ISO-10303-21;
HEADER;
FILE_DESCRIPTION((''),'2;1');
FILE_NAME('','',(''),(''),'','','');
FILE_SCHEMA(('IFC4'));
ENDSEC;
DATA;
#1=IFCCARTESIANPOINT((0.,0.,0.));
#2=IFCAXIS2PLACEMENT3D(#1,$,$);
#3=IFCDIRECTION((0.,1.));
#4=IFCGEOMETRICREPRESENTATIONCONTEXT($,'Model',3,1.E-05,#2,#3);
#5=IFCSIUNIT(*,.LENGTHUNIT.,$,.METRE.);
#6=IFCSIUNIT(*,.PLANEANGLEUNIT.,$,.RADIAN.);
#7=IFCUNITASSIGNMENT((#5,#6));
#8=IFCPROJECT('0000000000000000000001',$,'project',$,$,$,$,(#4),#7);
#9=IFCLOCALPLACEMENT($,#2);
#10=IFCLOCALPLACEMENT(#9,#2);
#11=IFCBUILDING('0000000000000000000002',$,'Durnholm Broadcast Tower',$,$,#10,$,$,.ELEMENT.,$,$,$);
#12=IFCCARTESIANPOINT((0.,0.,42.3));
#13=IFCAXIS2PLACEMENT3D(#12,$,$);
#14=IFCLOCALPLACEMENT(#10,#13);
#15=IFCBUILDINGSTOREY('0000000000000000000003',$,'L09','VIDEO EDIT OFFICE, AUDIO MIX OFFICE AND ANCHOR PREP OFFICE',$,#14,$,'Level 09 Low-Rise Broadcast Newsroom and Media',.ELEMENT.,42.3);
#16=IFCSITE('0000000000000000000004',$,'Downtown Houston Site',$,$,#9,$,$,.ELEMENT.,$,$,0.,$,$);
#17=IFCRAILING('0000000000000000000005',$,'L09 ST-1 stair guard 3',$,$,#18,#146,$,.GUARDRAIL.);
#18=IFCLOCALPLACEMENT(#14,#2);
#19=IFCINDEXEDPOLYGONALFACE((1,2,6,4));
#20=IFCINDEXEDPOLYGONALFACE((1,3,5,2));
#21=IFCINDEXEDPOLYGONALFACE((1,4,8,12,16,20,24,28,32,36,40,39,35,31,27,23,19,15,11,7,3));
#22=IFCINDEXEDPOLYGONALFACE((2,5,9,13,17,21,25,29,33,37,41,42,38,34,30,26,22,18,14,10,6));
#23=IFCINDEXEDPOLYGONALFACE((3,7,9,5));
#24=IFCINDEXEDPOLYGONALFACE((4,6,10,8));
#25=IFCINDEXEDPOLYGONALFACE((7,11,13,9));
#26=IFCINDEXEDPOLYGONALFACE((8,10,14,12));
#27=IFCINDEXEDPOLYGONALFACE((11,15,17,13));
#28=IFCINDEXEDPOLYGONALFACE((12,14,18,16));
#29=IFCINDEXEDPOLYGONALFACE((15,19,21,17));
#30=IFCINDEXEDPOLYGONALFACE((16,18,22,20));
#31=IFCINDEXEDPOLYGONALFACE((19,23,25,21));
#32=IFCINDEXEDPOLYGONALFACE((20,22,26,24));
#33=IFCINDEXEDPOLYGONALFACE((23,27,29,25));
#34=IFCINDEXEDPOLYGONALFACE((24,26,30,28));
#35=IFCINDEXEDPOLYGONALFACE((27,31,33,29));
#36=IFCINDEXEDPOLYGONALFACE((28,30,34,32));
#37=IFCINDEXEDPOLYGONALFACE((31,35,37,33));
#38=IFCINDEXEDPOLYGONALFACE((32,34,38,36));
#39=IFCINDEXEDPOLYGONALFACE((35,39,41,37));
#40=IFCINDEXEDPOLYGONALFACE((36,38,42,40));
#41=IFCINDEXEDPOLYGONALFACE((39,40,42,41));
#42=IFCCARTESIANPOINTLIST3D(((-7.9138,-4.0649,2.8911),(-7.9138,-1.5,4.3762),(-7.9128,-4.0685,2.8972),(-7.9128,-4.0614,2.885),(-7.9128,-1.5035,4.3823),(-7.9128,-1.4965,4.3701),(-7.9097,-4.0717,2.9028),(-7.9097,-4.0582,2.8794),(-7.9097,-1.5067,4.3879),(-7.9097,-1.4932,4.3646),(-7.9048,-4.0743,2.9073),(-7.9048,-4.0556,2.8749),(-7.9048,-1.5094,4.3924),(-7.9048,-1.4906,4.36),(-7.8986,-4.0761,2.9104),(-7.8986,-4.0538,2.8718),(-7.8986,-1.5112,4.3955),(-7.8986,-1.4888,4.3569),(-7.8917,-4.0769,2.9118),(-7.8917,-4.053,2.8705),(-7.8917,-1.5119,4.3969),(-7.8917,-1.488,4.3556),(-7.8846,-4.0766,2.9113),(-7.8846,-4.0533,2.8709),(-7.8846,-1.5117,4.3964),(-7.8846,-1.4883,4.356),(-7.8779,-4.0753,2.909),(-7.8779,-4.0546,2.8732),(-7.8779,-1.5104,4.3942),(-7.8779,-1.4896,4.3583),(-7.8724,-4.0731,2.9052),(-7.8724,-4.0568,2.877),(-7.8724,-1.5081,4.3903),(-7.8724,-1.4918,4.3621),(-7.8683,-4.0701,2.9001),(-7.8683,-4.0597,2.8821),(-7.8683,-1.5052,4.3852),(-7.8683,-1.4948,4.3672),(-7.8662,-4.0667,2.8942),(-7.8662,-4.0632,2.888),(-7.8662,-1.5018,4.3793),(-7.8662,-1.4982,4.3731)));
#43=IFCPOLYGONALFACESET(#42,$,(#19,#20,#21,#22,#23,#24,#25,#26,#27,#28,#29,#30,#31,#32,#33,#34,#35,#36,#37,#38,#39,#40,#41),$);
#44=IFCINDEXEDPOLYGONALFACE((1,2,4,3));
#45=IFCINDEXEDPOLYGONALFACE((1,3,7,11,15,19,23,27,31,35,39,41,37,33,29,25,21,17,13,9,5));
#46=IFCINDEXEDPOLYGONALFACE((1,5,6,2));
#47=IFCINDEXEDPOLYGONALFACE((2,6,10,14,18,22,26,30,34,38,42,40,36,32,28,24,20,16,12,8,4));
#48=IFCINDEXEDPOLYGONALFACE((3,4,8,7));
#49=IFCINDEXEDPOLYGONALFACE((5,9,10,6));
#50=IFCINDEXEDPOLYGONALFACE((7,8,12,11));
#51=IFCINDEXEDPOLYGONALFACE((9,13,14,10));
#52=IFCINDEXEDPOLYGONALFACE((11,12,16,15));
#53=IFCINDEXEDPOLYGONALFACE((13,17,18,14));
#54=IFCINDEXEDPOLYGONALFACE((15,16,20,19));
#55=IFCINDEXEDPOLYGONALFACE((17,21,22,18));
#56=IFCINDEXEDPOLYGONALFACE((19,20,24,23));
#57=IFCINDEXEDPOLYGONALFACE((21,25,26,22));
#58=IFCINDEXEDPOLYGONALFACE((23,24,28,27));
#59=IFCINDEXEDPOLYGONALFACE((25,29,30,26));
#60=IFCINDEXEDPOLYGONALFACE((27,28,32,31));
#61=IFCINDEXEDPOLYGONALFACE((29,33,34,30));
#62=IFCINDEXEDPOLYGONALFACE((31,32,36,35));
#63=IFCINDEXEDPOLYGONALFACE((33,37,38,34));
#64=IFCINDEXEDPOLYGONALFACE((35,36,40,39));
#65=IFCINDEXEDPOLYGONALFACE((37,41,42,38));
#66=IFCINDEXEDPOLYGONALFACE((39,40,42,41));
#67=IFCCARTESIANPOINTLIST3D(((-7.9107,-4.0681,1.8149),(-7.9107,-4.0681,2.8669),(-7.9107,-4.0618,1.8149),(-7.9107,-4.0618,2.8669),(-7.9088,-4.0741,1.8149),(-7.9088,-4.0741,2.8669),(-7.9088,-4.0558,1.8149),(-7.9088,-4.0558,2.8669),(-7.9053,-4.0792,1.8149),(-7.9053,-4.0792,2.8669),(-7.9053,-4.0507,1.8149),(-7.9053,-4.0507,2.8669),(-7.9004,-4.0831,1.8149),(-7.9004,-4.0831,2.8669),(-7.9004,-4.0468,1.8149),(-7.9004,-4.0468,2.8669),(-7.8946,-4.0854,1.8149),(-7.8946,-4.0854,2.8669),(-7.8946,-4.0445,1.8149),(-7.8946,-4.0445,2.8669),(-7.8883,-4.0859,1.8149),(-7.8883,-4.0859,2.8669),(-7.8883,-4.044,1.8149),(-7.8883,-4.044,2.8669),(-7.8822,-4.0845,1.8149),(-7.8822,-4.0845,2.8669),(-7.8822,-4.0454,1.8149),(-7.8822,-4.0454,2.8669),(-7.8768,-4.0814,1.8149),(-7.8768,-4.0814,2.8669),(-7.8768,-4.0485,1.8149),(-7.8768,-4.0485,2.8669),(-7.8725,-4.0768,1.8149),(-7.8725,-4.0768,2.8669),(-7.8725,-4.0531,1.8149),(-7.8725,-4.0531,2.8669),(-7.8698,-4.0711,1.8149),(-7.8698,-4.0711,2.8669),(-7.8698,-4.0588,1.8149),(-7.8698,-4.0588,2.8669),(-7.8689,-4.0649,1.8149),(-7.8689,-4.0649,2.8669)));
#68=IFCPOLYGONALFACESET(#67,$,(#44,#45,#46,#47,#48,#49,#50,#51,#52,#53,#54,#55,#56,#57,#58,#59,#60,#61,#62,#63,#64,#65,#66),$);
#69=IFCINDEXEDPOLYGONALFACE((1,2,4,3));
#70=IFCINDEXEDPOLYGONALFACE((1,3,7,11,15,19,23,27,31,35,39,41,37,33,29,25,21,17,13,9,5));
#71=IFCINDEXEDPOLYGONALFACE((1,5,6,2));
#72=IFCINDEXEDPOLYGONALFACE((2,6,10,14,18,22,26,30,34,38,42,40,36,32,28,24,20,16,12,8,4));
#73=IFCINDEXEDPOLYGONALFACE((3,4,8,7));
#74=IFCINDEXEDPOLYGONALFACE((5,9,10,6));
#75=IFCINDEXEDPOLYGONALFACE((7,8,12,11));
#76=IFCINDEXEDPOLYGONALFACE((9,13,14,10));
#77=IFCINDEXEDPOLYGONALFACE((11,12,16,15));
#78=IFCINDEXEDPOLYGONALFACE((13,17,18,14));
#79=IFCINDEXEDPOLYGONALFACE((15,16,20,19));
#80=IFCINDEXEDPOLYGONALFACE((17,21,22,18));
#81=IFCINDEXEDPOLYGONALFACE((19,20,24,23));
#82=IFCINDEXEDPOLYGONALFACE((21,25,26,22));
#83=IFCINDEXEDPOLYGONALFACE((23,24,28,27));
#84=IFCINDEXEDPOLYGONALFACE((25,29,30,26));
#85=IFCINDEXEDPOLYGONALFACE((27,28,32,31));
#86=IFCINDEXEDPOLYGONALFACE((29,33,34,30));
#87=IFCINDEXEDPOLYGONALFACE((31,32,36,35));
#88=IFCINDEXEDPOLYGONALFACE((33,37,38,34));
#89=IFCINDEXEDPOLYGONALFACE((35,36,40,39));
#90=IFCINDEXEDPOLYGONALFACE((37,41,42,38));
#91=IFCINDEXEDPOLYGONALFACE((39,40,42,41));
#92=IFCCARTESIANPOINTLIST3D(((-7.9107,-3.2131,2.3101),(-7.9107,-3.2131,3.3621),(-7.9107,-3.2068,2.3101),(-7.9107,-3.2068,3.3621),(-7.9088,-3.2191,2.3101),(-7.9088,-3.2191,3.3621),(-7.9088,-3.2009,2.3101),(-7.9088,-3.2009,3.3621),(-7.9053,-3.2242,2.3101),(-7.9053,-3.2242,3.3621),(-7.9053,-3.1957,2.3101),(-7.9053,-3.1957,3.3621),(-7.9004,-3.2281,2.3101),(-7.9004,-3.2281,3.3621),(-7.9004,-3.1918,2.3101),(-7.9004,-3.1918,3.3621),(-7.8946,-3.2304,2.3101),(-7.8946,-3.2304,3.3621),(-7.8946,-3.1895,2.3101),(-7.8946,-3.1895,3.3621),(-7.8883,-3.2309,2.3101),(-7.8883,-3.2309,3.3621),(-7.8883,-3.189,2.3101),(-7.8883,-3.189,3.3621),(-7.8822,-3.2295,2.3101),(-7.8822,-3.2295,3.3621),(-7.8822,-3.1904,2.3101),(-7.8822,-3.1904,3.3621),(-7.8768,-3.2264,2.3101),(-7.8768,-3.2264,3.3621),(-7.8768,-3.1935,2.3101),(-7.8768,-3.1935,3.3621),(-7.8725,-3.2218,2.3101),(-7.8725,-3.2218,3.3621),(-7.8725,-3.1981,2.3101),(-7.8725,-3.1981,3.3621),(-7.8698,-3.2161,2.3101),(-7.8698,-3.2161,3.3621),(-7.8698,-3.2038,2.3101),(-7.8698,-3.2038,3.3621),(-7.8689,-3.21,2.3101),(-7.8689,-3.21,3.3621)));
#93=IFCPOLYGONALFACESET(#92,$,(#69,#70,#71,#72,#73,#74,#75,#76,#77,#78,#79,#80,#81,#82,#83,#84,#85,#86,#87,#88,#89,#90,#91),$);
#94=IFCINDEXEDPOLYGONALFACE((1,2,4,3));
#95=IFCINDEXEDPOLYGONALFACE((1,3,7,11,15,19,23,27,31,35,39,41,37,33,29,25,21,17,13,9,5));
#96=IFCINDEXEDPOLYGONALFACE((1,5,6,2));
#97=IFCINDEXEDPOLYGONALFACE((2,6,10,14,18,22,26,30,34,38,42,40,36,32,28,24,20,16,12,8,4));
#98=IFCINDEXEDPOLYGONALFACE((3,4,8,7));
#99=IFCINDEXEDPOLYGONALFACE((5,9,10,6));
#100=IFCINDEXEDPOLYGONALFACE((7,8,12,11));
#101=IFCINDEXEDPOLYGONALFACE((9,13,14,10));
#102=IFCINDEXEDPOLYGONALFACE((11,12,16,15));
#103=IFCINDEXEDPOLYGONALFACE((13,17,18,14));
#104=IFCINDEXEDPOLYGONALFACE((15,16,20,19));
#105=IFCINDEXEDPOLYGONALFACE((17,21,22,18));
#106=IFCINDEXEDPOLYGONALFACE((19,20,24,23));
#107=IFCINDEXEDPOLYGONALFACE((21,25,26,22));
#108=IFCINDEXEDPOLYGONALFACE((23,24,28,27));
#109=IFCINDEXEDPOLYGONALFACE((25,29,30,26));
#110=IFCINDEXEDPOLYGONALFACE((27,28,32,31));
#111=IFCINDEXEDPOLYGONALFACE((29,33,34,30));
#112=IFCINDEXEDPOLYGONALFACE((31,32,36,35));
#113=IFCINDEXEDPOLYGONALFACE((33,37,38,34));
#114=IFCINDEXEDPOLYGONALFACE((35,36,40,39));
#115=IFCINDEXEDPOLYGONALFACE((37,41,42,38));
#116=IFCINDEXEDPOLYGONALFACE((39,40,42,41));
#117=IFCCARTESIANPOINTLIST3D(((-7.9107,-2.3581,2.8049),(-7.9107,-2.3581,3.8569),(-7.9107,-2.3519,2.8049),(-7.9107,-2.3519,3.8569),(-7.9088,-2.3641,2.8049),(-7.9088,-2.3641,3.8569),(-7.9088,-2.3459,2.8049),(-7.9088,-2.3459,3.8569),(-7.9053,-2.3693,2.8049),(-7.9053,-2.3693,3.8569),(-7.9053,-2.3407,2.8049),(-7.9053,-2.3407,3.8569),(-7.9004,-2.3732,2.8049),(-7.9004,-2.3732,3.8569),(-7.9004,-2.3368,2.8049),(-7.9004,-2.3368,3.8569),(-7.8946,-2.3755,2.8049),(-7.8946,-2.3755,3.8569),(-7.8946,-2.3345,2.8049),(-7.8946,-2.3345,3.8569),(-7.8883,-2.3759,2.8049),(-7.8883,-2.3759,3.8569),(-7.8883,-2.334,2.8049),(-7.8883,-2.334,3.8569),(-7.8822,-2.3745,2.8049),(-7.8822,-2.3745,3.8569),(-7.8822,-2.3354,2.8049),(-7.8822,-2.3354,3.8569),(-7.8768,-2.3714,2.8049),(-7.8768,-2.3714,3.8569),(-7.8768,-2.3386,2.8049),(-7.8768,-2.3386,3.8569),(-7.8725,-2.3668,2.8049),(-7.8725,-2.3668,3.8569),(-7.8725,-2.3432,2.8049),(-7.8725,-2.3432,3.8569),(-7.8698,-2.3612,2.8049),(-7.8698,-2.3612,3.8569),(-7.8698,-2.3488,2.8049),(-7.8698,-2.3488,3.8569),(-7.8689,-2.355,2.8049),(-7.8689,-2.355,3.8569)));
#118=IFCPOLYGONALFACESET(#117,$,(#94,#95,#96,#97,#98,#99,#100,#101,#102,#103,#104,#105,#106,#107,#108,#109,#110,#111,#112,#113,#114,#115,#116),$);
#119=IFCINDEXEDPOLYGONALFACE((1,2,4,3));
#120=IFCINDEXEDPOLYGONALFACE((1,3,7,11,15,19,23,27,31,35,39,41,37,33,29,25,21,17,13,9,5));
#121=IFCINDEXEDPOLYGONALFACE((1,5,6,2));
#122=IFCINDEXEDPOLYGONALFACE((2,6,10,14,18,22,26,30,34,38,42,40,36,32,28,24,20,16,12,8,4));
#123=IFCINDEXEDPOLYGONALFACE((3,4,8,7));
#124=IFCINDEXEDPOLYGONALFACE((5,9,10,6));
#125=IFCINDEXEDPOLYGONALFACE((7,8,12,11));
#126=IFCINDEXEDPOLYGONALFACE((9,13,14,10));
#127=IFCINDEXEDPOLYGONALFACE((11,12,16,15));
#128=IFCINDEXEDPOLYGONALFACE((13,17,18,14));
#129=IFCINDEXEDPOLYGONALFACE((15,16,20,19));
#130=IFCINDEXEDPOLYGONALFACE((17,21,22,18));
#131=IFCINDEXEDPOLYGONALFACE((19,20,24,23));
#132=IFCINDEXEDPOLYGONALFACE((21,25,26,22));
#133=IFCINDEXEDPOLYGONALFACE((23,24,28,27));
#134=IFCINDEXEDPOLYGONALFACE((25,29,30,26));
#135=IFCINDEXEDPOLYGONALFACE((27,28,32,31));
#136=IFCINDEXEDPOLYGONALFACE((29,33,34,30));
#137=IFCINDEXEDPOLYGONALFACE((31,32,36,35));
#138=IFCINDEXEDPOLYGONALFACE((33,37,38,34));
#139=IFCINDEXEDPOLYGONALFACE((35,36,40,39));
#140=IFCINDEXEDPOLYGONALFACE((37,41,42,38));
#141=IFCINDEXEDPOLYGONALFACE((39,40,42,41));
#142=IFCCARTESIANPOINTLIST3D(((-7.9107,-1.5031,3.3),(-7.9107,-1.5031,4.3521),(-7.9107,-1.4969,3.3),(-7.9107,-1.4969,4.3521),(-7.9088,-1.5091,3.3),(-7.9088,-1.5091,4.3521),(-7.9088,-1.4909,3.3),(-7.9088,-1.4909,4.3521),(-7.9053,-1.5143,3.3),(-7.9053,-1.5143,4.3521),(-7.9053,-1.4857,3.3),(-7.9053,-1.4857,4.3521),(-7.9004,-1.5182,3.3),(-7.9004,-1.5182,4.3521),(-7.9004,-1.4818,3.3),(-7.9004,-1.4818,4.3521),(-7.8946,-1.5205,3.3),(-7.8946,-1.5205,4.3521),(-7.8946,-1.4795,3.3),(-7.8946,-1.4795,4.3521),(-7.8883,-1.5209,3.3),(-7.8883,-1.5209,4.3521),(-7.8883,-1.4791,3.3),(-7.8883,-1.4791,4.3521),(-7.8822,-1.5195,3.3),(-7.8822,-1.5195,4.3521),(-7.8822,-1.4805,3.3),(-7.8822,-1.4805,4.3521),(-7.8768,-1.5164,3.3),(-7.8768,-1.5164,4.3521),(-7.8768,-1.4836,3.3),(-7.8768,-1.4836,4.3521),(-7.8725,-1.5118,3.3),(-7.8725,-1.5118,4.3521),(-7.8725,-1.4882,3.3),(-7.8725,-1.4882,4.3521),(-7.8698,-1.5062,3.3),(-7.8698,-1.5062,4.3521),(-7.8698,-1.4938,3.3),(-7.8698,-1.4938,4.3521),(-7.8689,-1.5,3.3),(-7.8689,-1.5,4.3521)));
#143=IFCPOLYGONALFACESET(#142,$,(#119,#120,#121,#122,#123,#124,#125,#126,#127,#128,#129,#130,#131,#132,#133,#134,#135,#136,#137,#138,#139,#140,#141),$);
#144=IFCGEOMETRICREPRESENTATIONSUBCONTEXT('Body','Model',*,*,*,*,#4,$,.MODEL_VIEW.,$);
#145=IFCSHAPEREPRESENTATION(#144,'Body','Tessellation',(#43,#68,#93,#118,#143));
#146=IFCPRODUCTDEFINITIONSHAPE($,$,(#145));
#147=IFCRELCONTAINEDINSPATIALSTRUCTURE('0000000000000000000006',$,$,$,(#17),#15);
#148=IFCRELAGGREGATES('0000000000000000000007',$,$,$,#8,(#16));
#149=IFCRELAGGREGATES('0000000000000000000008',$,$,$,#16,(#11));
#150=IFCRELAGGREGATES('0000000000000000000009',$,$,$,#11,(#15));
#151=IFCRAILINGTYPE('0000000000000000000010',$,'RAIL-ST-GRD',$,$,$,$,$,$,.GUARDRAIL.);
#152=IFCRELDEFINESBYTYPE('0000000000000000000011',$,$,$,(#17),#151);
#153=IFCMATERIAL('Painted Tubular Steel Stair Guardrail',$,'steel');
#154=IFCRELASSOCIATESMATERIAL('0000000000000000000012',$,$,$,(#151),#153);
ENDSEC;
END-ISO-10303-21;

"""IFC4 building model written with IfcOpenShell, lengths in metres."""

from ifc_helpers import new_model, si_unit, direction, frame, origin, origin_2d, place, context, subcontext, project, spatial, circle, extrude, material, type_object, element, save


model = new_model("IFC4")

# Units and contexts
model_context = context("Model", 3, precision=1e-05, world=origin(), true_north=direction((0.0, 1.0)))
body_context = subcontext(model_context, "Body", "Model", "MODEL_VIEW")
ifc_project = project(units=[si_unit("LENGTHUNIT", "METRE"), si_unit("PLANEANGLEUNIT", "RADIAN")], contexts=[model_context])

# Site, building, storey
site_placement = place(None, origin())
site = spatial("IfcSite", under=ifc_project, at=site_placement, Name="Downtown Houston Site", CompositionType="ELEMENT", RefElevation=0.0)
building_placement = place(site_placement, origin())
building = spatial("IfcBuilding", under=site, at=building_placement, Name="Durnholm Broadcast Tower", CompositionType="ELEMENT")
storey_placement = place(building_placement, frame((0.0, 0.0, 42.3)))
storey = spatial("IfcBuildingStorey", under=building, at=storey_placement, Name="L09", Description="VIDEO EDIT OFFICE, AUDIO MIX OFFICE AND ANCHOR PREP OFFICE", LongName="Level 09 Low-Rise Broadcast Newsroom and Media", CompositionType="ELEMENT", Elevation=42.3)

# Railing
ifc_material_1 = material(Name="Painted Tubular Steel Stair Guardrail", Category="steel")
railing_type_1 = type_object("IfcRailingType", Name="RAIL-ST-GRD", PredefinedType="GUARDRAIL", material=ifc_material_1)
railing_1_placement = place(storey_placement, frame((-7.8899, -4.0649, 1.8149)))
element("IfcRailing", 1, at=railing_1_placement, inside=storey, type_object=railing_type_1, Name="L09 ST-1 stair guard 3", PredefinedType="GUARDRAIL", context=body_context, shape_type="SweptSolid", body=[
    extrude(circle(Radius=0.0239, at=origin_2d()), frame((0.0, 0.0, 1.0762), z_axis=(0.0, 0.865406, 0.501072), x_axis=(-1.0, 0.0, 0.0)), (0.0, 0.0, 1.0), 2.9639),
    extrude(circle(Radius=0.021, at=origin_2d()), origin(), (0.0, 0.0, 1.0), 1.052),
    extrude(circle(Radius=0.021, at=origin_2d()), frame((0.0, 0.855, 0.4951)), (0.0, 0.0, 1.0), 1.052),
    extrude(circle(Radius=0.021, at=origin_2d()), frame((0.0, 1.71, 0.99)), (0.0, 0.0, 1.0), 1.052),
    extrude(circle(Radius=0.021, at=origin_2d()), frame((0.0, 2.5649, 1.4851)), (0.0, 0.0, 1.0), 1.052),
])

save(model, "model.ifc")
